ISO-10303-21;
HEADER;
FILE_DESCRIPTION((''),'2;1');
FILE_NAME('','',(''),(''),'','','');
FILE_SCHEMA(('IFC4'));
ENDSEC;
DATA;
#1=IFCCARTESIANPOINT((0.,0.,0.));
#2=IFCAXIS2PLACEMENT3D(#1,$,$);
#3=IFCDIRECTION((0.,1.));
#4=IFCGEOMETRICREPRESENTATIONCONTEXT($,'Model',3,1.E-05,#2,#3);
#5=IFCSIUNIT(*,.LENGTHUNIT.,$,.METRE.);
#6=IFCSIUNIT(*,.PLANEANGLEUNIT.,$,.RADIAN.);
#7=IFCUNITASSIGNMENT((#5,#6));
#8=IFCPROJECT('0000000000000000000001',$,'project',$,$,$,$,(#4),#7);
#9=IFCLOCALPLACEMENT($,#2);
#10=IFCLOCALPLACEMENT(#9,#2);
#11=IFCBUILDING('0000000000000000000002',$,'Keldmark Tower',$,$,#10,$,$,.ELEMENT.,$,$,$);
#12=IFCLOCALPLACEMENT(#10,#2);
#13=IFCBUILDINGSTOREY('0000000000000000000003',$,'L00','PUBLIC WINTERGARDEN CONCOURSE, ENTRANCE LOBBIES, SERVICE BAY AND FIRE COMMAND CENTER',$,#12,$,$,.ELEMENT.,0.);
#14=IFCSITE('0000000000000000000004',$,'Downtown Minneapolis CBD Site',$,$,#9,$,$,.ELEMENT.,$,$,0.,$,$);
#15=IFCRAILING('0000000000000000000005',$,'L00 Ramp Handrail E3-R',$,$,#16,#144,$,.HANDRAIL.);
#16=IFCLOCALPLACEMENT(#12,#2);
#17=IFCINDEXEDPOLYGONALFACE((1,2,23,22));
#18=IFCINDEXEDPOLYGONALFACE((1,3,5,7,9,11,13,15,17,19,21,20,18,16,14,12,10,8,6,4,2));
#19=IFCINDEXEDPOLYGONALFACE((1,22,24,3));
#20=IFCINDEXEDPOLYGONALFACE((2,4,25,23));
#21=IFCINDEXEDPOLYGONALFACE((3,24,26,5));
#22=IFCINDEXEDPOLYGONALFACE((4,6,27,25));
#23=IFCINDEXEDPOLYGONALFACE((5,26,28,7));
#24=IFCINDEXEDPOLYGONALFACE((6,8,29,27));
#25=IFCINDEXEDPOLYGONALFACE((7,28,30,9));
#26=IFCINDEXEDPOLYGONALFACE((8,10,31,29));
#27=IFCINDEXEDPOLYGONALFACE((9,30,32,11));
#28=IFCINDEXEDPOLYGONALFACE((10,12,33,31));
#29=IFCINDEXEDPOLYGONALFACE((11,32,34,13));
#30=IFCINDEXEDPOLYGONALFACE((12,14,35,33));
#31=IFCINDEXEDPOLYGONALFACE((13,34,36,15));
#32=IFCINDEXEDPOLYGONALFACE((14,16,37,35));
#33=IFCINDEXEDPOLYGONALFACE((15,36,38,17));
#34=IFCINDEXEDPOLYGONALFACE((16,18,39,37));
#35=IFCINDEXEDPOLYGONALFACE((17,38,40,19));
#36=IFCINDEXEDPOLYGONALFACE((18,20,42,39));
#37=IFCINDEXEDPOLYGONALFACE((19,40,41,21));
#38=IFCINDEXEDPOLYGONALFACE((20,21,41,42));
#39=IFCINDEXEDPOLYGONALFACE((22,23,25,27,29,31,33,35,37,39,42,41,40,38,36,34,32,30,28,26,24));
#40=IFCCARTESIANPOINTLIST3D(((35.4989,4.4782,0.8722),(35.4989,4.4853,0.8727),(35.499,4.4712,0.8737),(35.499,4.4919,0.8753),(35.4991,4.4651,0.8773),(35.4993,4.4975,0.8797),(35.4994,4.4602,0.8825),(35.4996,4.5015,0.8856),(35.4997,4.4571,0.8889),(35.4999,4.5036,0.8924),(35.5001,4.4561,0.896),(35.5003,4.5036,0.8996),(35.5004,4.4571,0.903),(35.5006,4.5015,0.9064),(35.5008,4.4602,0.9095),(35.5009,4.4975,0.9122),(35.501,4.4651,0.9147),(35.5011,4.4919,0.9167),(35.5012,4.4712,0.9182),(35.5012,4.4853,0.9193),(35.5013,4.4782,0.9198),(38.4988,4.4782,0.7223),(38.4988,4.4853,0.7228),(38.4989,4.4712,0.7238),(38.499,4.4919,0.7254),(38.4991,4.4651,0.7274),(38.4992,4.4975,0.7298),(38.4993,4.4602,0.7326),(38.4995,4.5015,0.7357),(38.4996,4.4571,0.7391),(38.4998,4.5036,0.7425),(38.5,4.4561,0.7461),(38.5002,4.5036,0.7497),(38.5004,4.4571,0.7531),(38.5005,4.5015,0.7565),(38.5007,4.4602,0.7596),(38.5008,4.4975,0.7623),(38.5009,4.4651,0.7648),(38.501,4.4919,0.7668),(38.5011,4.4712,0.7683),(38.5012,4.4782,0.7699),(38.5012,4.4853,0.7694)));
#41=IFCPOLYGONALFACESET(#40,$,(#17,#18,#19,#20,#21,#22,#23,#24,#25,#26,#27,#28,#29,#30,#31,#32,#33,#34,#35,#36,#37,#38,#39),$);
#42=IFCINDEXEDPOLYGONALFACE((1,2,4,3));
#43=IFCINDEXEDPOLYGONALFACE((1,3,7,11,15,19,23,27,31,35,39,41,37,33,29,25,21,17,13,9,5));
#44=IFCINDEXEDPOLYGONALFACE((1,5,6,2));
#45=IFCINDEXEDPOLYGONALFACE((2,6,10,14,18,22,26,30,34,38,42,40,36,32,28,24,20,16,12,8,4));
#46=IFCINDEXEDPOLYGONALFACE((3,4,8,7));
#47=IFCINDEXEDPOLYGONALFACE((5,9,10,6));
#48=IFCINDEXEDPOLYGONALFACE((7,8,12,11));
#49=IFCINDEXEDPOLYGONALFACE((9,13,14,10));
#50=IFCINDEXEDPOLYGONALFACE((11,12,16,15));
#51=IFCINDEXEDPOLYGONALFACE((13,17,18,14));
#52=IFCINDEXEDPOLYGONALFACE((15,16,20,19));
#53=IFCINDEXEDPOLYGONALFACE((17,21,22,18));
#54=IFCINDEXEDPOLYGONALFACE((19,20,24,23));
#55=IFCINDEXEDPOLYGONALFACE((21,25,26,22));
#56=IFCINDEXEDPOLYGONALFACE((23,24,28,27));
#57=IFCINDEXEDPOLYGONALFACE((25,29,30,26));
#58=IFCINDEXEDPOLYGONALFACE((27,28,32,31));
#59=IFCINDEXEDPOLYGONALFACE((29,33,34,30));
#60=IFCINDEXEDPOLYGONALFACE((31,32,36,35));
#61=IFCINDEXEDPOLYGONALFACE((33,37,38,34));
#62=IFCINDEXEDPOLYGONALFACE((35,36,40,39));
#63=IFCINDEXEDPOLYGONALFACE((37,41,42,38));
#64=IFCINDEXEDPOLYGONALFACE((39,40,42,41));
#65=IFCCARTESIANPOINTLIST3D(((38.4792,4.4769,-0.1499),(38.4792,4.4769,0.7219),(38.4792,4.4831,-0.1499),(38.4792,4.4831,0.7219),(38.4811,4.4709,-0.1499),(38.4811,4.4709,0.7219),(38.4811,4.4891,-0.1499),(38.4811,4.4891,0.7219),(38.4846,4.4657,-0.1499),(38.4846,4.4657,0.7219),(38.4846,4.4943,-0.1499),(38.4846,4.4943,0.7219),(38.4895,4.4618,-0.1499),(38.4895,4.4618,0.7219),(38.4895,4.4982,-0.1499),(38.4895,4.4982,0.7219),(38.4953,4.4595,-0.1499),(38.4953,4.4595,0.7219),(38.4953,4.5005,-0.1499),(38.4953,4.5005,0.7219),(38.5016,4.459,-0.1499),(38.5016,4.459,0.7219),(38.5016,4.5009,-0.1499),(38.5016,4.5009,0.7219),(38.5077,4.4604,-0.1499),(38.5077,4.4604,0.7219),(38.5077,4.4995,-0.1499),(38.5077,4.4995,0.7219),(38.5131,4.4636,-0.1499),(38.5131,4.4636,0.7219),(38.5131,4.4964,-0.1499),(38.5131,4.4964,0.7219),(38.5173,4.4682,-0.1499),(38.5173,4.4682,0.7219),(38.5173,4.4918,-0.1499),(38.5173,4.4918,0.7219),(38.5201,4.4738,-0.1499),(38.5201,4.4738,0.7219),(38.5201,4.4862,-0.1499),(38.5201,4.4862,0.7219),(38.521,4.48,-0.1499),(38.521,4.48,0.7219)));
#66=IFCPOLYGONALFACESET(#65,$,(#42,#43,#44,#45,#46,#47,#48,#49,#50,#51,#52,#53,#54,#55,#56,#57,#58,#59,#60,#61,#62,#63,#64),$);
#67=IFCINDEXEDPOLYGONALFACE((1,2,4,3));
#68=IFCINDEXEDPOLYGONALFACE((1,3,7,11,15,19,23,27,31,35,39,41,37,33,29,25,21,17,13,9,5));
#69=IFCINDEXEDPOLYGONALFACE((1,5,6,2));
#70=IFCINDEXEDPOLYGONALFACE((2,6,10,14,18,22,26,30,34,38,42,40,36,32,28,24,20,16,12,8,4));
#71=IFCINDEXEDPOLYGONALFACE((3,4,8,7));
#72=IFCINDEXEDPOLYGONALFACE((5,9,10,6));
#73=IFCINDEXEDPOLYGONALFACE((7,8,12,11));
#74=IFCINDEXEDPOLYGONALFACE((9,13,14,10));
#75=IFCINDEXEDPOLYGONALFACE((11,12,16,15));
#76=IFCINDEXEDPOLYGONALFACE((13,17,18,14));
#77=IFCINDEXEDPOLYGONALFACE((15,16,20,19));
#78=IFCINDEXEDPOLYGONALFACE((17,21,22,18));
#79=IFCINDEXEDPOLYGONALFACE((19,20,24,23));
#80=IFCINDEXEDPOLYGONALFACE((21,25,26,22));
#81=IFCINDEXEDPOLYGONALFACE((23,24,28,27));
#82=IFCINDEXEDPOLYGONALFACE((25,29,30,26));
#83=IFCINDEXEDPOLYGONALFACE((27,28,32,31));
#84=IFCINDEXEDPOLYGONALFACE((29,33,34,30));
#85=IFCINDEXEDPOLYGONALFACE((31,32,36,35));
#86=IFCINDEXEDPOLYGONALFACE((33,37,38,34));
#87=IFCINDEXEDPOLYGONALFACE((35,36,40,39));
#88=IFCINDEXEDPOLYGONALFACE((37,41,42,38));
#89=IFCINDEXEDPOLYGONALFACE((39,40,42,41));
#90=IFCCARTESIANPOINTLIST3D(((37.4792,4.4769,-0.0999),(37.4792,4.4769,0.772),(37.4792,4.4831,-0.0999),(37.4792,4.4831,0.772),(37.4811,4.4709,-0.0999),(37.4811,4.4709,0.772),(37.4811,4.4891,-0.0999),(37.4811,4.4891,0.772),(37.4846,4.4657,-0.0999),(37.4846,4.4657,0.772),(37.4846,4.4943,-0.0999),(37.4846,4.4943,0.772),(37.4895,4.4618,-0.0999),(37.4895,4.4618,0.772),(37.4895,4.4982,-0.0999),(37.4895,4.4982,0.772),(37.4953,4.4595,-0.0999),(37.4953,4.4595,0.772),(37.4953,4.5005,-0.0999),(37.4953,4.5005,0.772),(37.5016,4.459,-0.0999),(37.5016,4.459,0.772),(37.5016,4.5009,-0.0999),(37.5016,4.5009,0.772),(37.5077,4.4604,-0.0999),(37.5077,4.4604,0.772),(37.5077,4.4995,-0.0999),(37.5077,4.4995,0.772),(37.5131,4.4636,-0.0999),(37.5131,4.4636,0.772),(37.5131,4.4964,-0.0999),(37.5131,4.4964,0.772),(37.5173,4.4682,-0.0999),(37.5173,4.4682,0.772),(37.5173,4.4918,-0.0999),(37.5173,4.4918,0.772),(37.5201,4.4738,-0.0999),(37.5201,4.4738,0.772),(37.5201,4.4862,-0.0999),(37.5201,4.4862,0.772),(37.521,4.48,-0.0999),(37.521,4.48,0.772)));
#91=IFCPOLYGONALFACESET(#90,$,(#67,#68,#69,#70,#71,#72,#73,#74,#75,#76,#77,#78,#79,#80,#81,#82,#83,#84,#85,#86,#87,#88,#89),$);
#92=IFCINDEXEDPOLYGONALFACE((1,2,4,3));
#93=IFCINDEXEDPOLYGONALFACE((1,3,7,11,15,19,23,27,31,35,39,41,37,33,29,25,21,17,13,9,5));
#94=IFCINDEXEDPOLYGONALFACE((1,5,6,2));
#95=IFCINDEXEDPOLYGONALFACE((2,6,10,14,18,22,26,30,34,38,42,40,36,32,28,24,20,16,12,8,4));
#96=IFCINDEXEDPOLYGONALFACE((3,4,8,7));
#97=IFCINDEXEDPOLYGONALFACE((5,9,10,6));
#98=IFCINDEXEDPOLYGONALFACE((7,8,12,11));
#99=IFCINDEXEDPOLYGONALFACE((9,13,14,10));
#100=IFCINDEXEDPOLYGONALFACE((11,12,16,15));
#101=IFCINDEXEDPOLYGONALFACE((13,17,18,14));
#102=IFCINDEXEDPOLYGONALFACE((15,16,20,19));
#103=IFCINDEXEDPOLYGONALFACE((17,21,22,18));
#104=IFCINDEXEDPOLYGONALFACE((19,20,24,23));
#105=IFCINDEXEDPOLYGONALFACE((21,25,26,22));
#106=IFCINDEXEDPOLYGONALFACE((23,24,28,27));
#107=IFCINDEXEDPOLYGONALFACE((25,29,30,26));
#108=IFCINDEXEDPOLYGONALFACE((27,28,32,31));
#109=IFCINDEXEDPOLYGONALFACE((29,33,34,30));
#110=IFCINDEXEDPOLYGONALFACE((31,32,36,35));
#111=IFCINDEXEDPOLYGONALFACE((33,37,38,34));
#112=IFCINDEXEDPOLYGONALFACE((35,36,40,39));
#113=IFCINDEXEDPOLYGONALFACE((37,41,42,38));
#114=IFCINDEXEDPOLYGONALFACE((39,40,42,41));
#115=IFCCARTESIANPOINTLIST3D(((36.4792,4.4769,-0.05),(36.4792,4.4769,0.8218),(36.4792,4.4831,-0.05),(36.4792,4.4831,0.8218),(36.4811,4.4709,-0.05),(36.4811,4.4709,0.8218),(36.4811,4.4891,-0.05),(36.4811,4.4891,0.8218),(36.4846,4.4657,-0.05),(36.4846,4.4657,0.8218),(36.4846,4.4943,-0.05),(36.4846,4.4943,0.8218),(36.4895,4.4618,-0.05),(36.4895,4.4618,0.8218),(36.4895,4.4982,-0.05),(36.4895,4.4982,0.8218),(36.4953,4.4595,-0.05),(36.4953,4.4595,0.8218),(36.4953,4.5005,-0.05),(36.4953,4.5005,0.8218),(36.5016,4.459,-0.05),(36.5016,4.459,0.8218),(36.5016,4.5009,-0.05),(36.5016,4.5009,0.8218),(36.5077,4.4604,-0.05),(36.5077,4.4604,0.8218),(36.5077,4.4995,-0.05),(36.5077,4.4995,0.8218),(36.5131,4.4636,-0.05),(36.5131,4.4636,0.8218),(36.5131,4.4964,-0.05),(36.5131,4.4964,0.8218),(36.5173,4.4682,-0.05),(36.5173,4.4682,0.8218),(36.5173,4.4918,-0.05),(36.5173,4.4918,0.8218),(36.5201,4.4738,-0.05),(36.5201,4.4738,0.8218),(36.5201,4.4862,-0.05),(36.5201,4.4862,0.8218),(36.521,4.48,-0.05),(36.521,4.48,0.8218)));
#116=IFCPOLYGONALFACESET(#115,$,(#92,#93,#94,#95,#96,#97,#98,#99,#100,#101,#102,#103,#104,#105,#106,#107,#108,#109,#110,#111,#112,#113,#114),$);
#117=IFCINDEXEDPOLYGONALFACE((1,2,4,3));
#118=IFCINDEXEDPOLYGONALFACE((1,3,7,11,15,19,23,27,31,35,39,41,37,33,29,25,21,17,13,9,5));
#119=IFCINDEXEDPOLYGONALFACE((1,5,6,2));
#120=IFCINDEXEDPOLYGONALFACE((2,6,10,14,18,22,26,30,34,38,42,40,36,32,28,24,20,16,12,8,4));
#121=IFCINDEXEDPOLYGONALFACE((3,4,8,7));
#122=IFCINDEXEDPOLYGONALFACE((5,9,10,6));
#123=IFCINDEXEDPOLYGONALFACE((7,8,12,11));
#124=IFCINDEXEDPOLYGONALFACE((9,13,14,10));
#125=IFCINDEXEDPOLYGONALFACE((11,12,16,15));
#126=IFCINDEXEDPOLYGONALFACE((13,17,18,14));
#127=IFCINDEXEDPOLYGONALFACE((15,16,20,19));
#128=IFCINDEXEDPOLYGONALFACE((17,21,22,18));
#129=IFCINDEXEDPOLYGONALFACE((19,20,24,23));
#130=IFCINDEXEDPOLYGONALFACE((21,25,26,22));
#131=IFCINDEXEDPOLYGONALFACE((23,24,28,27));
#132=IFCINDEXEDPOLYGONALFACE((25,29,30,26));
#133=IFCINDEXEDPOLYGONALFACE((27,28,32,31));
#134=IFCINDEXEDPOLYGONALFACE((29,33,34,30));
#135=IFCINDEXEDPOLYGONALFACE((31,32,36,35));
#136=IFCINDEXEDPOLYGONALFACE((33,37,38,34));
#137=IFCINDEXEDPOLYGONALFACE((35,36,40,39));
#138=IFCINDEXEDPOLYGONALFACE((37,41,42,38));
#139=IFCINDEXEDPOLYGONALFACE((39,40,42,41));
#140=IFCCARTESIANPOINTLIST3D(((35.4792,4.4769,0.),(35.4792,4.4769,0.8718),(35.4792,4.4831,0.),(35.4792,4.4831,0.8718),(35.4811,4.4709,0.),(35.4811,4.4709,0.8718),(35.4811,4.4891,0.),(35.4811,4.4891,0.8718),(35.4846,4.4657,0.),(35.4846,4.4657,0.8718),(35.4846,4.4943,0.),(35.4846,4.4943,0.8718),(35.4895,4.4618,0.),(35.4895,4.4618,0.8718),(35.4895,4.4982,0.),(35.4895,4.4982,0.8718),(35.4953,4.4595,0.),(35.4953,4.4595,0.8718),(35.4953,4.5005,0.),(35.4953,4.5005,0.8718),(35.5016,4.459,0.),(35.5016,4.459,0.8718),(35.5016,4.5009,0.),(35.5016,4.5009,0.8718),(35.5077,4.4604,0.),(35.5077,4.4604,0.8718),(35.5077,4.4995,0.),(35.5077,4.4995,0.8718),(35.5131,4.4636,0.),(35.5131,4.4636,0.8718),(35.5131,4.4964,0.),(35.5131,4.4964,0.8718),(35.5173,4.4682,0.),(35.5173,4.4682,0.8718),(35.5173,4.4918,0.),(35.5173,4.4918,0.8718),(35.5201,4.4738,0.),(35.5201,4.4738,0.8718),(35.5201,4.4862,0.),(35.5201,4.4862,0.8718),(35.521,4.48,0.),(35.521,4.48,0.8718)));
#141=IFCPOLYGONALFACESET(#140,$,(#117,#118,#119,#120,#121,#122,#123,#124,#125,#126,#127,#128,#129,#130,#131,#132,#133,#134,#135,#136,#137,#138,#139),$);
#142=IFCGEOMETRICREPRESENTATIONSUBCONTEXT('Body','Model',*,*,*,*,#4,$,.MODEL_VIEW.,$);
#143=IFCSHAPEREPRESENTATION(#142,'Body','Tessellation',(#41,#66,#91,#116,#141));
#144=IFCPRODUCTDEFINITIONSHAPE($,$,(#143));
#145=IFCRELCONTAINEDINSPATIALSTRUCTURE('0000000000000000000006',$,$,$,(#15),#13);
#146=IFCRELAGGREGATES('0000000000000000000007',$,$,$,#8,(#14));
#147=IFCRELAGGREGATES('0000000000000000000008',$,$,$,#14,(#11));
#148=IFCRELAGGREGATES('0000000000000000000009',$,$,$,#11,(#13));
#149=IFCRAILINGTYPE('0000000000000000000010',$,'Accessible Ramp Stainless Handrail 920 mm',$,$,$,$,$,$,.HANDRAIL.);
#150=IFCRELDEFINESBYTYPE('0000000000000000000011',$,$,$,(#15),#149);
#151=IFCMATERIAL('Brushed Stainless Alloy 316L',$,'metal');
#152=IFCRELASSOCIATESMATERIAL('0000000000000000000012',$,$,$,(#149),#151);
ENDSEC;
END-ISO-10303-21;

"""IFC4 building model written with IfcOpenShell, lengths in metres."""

from ifc_helpers import new_model, si_unit, direction, frame, origin, origin_2d, place, context, subcontext, project, spatial, circle, extrude, material, type_object, element, save


model = new_model("IFC4")

# Units and contexts
model_context = context("Model", 3, precision=1e-05, world=origin(), true_north=direction((0.0, 1.0)))
body_context = subcontext(model_context, "Body", "Model", "MODEL_VIEW")
ifc_project = project(units=[si_unit("LENGTHUNIT", "METRE"), si_unit("PLANEANGLEUNIT", "RADIAN")], contexts=[model_context])

# Site, building, storey
site_placement = place(None, origin())
site = spatial("IfcSite", under=ifc_project, at=site_placement, Name="Downtown Minneapolis CBD Site", CompositionType="ELEMENT", RefElevation=0.0)
building_placement = place(site_placement, origin())
building = spatial("IfcBuilding", under=site, at=building_placement, Name="Keldmark Tower", CompositionType="ELEMENT")
storey_placement = place(building_placement, origin())
storey = spatial("IfcBuildingStorey", under=building, at=storey_placement, Name="L00", Description="PUBLIC WINTERGARDEN CONCOURSE, ENTRANCE LOBBIES, SERVICE BAY AND FIRE COMMAND CENTER", CompositionType="ELEMENT", Elevation=0.0)

# Railing
ifc_material_1 = material(Name="Brushed Stainless Alloy 316L", Category="metal")
railing_type = type_object("IfcRailingType", Name="Accessible Ramp Stainless Handrail 920 mm", PredefinedType="HANDRAIL", material=ifc_material_1)
for number, where, name in (
    (1, (38.5, 4.48, -0.1499), "L00 Ramp Handrail E3-R"),
):
    element("IfcRailing", number, at=place(storey_placement, frame(where)), inside=storey, type_object=railing_type, Name=name, PredefinedType="HANDRAIL", context=body_context, shape_type="SweptSolid", body=[
        extrude(circle(Radius=0.0239, at=origin_2d()), frame((0.0, 0.0, 0.896), z_axis=(-0.998754, 0.0, 0.049905), x_axis=(0.0, -1.0, 0.0)), (0.0, 0.0, 1.0), 3.0037),
        extrude(circle(Radius=0.021, at=origin_2d()), origin(), (0.0, 0.0, 1.0), 0.8718),
        extrude(circle(Radius=0.021, at=origin_2d()), frame((-1.0, 0.0, 0.05)), (0.0, 0.0, 1.0), 0.8718),
        extrude(circle(Radius=0.021, at=origin_2d()), frame((-2.0, 0.0, 0.0999)), (0.0, 0.0, 1.0), 0.8718),
        extrude(circle(Radius=0.021, at=origin_2d()), frame((-3.0, 0.0, 0.1499)), (0.0, 0.0, 1.0), 0.8718),
    ])

save(model, "model.ifc")
